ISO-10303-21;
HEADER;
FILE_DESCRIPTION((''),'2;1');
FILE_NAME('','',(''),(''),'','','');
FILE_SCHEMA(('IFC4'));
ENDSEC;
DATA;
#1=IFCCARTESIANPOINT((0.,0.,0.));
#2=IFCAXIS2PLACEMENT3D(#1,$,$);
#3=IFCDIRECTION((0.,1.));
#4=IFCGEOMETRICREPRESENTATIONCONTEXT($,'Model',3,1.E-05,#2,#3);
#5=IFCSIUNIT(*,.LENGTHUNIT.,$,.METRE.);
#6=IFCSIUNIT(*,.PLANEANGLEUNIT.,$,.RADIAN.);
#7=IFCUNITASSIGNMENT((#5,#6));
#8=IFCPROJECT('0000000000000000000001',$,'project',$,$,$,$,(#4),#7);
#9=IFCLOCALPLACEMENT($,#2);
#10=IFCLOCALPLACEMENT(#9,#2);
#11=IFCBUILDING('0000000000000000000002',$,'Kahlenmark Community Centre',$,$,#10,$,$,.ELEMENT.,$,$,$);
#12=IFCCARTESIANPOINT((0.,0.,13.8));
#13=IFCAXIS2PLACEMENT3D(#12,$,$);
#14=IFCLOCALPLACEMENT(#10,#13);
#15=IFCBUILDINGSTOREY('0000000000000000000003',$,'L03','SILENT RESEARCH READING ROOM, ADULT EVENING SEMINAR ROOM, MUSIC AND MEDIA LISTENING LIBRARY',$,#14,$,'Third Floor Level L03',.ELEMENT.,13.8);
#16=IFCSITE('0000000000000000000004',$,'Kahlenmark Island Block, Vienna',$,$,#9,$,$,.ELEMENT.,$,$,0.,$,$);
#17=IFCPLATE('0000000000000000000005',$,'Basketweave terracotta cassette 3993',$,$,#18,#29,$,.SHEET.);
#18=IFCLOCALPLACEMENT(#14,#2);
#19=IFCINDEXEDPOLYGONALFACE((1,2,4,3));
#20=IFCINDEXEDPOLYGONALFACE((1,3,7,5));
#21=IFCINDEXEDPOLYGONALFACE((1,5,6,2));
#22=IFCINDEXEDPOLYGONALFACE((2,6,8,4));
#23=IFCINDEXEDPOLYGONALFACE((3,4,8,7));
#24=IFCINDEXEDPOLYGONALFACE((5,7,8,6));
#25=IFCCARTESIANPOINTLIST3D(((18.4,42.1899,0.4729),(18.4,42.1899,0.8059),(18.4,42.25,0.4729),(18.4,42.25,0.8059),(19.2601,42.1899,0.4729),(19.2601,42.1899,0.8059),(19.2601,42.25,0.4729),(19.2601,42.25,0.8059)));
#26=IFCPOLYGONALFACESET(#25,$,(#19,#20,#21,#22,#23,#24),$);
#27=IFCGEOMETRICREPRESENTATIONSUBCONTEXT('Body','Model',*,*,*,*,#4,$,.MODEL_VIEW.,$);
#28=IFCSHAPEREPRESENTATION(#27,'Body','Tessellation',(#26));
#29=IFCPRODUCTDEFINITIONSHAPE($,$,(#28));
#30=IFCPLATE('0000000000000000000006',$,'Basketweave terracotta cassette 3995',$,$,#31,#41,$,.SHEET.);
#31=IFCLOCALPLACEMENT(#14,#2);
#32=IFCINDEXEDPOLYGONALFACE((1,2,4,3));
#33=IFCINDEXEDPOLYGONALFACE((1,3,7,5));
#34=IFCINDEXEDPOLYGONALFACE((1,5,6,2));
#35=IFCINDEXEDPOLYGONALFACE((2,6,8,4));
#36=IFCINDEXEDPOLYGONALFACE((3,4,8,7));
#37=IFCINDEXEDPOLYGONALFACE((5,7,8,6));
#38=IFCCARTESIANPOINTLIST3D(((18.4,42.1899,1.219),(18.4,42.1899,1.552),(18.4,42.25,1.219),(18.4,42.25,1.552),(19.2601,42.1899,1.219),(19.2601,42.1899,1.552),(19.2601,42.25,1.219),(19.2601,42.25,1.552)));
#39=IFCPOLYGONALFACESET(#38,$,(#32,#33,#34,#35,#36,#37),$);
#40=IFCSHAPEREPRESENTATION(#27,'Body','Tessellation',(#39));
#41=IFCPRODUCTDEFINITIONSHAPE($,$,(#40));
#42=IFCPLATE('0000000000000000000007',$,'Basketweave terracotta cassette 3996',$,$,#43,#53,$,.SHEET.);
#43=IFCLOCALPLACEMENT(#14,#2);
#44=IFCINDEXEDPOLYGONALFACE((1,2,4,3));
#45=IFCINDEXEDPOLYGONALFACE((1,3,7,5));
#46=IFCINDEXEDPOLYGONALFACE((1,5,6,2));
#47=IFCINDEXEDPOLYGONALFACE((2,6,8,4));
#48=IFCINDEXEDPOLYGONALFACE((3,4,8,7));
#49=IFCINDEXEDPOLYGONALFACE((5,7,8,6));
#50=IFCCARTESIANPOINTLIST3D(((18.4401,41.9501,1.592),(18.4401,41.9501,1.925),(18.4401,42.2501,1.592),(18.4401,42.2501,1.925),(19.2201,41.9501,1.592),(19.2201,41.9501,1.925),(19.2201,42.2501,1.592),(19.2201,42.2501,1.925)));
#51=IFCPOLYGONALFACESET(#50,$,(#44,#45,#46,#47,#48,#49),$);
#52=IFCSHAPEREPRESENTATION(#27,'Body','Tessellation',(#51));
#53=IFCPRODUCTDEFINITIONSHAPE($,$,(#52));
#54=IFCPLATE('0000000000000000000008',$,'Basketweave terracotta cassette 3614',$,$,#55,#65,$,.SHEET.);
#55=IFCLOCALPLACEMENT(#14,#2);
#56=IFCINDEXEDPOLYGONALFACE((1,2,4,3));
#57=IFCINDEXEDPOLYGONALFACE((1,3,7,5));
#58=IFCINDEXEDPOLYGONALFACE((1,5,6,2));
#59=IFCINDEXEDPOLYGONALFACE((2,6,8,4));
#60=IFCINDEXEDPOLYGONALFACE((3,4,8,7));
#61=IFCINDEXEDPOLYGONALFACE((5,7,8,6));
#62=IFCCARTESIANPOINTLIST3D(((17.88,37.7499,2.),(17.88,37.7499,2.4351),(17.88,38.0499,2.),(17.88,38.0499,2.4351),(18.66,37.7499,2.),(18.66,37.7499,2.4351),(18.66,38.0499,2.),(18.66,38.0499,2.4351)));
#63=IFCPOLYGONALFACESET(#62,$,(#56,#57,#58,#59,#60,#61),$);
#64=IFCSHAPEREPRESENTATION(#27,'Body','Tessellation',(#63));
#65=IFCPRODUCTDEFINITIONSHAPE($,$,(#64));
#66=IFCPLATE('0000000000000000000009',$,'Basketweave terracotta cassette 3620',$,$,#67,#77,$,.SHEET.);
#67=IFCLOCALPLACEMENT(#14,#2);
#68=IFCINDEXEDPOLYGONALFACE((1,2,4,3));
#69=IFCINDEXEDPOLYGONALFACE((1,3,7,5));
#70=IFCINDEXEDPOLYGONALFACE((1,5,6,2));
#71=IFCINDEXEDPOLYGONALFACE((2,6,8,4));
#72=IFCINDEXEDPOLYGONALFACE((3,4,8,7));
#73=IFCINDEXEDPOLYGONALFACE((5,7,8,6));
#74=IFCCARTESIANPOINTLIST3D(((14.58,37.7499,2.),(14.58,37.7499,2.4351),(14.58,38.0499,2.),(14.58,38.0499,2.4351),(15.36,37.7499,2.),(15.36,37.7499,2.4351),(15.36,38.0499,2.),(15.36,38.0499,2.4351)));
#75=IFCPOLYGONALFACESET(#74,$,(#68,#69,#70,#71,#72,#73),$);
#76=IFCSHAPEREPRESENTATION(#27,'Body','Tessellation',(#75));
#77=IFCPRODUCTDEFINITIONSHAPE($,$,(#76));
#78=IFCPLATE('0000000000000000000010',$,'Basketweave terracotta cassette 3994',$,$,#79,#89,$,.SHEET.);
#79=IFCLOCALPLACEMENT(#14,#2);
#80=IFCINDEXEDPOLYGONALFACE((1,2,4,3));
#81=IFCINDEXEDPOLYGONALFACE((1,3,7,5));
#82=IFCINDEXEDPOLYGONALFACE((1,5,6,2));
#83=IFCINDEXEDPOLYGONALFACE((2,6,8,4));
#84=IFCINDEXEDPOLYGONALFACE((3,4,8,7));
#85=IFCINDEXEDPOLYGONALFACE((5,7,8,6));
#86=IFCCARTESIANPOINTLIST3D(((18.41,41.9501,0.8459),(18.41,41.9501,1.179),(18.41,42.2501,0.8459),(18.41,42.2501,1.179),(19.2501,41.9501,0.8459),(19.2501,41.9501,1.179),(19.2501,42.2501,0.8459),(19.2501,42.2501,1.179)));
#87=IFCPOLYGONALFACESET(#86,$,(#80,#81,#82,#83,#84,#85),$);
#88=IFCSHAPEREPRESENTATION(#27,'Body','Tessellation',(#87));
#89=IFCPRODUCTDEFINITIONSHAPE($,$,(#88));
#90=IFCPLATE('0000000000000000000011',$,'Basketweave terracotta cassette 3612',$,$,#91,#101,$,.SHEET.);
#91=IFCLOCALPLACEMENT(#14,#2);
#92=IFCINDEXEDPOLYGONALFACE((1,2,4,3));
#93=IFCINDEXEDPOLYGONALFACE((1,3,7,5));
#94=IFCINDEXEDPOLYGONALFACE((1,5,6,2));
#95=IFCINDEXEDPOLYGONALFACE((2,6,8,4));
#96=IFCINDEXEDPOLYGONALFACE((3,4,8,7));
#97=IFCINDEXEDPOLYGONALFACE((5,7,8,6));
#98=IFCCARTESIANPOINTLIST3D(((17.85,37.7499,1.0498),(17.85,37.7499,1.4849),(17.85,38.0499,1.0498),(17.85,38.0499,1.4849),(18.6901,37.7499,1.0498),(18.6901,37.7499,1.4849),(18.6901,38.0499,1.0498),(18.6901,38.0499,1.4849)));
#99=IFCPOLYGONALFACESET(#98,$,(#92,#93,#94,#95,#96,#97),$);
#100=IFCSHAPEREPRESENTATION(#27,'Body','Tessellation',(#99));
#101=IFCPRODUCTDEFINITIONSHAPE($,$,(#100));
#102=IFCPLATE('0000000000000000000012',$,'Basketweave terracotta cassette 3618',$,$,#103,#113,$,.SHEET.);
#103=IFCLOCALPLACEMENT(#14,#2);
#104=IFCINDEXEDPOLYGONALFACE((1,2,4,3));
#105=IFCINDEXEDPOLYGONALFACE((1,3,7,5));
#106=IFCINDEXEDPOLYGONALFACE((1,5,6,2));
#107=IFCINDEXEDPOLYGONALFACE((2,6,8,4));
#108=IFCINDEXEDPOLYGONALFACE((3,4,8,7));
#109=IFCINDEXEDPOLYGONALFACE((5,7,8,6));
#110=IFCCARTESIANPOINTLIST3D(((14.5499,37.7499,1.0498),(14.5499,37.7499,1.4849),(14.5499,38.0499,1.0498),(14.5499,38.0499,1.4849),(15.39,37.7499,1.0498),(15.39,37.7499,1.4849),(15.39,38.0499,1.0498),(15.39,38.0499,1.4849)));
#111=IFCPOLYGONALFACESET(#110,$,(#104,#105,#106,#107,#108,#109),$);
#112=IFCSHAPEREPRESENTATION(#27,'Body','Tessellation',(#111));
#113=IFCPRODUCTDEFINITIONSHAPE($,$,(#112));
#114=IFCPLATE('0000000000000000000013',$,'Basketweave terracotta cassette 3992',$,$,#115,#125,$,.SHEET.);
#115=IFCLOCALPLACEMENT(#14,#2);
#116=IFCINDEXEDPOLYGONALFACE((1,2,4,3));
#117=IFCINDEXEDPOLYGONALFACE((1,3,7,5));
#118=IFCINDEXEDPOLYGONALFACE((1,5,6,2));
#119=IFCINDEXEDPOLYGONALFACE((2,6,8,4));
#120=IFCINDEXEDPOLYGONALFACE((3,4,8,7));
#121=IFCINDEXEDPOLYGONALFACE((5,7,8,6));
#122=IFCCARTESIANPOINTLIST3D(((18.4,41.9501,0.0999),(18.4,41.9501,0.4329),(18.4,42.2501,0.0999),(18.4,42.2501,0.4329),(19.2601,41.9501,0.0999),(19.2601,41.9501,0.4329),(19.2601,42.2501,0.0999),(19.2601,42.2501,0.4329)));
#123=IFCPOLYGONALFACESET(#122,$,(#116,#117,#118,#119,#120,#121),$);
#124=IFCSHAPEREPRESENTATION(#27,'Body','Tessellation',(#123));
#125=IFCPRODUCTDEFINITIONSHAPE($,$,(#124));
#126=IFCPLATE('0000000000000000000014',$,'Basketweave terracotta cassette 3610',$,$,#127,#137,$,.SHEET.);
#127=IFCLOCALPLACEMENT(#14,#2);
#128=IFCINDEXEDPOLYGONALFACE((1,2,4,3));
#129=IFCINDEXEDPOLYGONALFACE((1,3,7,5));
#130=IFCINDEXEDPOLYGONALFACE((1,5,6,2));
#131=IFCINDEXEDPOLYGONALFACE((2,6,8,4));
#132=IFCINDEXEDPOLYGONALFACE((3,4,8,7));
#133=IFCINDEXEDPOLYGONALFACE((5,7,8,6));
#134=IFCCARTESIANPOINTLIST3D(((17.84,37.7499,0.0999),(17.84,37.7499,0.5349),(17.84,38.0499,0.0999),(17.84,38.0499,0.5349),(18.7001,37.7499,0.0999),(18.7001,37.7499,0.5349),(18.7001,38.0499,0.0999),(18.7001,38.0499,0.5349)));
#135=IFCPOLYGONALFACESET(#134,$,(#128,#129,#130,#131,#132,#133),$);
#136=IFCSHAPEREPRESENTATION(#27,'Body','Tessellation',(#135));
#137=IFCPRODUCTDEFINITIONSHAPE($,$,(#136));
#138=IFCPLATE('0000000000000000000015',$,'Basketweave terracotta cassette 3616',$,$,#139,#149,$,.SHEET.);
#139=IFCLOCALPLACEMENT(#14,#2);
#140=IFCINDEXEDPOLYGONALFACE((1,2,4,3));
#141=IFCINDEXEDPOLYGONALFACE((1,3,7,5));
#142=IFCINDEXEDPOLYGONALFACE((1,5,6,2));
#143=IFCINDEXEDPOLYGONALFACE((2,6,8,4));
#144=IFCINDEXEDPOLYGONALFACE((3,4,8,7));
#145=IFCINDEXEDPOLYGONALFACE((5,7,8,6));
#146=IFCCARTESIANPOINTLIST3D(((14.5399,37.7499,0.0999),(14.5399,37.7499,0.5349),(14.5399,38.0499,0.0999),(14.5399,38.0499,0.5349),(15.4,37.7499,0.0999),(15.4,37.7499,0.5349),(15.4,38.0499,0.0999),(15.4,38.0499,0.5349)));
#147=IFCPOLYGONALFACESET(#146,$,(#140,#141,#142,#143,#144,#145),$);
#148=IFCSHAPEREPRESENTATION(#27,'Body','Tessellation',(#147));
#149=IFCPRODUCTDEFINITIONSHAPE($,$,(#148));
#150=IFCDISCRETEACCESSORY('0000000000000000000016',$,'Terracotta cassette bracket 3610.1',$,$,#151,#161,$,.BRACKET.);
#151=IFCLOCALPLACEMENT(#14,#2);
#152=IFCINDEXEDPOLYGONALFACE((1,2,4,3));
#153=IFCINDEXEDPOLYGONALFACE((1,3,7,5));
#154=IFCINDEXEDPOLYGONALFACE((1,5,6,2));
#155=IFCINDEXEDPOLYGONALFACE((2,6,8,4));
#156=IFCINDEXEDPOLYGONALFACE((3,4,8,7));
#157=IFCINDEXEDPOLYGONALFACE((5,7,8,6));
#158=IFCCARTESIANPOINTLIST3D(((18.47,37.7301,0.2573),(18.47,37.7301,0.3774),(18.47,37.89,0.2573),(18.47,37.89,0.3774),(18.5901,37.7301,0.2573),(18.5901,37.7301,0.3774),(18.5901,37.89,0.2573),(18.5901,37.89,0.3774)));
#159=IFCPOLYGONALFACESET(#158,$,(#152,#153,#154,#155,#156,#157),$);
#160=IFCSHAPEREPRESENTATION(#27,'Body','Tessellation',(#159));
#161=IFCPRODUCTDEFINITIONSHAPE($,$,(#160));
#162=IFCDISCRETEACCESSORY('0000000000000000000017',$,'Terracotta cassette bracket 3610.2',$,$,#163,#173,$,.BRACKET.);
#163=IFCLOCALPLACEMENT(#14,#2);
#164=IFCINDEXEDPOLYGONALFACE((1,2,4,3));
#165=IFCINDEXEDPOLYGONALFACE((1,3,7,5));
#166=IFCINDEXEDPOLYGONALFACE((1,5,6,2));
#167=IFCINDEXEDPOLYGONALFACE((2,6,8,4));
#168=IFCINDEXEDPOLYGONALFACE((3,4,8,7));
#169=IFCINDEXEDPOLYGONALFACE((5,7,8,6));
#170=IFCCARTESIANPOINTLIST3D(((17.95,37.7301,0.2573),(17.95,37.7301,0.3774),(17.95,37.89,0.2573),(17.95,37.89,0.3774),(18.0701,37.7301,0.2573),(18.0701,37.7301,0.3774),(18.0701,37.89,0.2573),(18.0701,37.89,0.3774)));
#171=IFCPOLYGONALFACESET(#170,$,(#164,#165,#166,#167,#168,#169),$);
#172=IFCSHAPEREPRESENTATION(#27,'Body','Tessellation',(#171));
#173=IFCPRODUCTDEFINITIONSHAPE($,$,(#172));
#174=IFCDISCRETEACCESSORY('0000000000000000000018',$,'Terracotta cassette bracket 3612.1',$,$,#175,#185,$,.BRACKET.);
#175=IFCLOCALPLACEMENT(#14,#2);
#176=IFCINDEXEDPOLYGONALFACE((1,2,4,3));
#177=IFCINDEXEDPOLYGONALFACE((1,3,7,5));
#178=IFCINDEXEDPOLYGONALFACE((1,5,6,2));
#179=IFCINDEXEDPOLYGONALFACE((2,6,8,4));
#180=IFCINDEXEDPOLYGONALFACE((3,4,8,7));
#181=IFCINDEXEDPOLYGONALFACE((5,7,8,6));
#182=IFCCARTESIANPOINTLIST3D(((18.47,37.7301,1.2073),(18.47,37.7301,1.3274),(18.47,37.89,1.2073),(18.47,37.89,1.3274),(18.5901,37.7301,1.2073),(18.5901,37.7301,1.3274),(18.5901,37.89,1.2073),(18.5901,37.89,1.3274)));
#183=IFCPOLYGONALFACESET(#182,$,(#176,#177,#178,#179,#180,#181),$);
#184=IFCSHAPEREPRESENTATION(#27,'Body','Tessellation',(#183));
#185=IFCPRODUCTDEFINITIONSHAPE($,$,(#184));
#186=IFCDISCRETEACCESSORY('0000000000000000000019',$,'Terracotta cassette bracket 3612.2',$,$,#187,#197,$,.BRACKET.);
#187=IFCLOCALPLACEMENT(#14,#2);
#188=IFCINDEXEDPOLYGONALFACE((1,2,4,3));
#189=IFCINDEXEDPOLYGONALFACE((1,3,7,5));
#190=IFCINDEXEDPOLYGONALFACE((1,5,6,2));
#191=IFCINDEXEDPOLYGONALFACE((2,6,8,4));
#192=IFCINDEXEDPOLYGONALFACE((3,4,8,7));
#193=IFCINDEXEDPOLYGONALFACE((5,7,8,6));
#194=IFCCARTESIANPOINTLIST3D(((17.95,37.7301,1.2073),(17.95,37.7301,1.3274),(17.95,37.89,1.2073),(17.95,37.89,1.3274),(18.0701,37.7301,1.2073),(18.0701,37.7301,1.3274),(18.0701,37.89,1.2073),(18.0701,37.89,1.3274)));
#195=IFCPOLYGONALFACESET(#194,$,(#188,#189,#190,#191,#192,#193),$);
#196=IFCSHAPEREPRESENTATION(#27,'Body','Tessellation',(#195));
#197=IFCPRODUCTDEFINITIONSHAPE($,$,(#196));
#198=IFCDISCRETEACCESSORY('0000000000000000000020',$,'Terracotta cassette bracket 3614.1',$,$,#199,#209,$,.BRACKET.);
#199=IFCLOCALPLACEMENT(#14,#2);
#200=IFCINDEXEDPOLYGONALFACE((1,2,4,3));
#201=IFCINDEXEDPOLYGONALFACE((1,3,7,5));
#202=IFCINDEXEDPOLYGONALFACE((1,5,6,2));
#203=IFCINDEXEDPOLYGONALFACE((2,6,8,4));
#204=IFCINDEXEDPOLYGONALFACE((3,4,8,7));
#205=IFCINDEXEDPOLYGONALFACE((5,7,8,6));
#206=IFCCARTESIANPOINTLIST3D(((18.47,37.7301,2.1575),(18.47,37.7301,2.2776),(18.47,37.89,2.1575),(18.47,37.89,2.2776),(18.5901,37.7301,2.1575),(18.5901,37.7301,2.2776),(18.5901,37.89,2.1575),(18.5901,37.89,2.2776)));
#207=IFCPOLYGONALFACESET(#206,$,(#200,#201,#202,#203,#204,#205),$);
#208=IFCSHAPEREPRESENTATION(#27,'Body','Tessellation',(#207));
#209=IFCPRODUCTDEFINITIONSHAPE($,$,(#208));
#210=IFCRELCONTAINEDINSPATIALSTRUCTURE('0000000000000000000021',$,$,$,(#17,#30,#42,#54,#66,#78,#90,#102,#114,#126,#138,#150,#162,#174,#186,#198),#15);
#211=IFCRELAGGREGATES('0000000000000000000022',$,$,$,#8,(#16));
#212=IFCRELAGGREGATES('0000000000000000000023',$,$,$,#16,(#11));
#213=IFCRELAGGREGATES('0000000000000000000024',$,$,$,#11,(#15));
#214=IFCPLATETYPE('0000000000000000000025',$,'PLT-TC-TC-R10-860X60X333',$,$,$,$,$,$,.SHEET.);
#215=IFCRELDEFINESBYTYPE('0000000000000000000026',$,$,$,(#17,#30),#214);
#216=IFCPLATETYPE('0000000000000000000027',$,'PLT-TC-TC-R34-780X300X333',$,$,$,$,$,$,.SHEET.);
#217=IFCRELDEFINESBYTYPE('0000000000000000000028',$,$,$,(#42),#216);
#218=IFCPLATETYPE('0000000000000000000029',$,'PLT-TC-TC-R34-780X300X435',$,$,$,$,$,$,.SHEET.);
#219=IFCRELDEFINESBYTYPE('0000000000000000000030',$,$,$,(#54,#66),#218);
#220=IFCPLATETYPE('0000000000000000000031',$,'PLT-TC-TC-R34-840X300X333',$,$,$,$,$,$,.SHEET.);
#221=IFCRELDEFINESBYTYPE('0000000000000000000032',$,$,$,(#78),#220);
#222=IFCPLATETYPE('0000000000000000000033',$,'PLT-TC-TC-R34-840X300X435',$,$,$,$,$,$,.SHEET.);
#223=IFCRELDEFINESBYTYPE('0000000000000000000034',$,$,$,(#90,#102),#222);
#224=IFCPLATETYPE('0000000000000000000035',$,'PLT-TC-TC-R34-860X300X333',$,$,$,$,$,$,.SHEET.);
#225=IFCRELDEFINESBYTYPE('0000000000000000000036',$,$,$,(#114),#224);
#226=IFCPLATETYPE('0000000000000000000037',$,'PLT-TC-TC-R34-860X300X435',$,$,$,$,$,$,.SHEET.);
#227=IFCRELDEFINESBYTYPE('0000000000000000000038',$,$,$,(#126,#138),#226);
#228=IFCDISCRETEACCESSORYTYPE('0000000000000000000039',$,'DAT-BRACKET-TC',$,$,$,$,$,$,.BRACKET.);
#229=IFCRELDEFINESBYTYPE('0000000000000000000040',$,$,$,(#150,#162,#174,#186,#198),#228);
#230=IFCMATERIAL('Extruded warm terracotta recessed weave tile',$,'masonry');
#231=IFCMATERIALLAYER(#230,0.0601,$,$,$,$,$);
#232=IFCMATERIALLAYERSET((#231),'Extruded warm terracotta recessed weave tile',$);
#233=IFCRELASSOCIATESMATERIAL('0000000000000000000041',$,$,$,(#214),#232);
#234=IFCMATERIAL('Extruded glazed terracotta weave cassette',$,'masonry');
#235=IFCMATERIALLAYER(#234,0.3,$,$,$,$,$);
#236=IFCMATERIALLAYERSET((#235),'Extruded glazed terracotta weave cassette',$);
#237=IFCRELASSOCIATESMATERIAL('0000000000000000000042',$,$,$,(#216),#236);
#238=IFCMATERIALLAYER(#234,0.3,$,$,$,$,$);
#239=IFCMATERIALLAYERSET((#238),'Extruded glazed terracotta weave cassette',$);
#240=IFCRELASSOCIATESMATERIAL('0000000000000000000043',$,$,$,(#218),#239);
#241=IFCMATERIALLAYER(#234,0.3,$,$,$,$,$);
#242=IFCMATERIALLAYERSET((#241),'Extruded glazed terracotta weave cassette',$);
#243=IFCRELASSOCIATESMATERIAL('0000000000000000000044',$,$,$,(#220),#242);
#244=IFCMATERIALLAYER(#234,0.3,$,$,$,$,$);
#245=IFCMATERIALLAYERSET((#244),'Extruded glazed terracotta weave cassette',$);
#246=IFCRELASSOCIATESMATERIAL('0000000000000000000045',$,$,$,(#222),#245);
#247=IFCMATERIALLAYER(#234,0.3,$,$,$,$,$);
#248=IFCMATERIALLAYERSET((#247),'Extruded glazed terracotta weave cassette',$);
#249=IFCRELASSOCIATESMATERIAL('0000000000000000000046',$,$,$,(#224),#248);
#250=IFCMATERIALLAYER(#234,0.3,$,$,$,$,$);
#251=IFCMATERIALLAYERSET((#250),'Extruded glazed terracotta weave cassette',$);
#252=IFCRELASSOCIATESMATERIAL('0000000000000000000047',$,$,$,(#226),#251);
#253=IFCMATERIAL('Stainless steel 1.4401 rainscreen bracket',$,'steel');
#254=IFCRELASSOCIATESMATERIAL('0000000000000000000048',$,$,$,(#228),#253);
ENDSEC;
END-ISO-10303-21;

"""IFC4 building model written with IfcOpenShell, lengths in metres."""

from ifc_helpers import new_model, si_unit, direction, frame, origin, origin_2d, place, context, subcontext, project, spatial, rectangle, extrude, material, layer, layer_set, type_object, element, save


model = new_model("IFC4")

# Units and contexts
model_context = context("Model", 3, precision=1e-05, world=origin(), true_north=direction((0.0, 1.0)))
body_context = subcontext(model_context, "Body", "Model", "MODEL_VIEW")
ifc_project = project(units=[si_unit("LENGTHUNIT", "METRE"), si_unit("PLANEANGLEUNIT", "RADIAN")], contexts=[model_context])

# Site, building, storey
site_placement = place(None, origin())
site = spatial("IfcSite", under=ifc_project, at=site_placement, Name="Kahlenmark Island Block, Vienna", CompositionType="ELEMENT", RefElevation=0.0)
building_placement = place(site_placement, origin())
building = spatial("IfcBuilding", under=site, at=building_placement, Name="Kahlenmark Community Centre", CompositionType="ELEMENT")
storey_placement = place(building_placement, frame((0.0, 0.0, 13.8)))
storey = spatial("IfcBuildingStorey", under=building, at=storey_placement, Name="L03", Description="SILENT RESEARCH READING ROOM, ADULT EVENING SEMINAR ROOM, MUSIC AND MEDIA LISTENING LIBRARY", LongName="Third Floor Level L03", CompositionType="ELEMENT", Elevation=13.8)

# Plates
ifc_material_1 = material(Name="Extruded warm terracotta recessed weave tile", Category="masonry")
ifc_layer_1 = layer(ifc_material_1, 0.0601)
ifc_layer_set_1 = layer_set([ifc_layer_1], Name="Extruded warm terracotta recessed weave tile")
plate_type_1 = type_object("IfcPlateType", Name="PLT-TC-TC-R10-860X60X333", PredefinedType="SHEET", material=ifc_layer_set_1)
for number, where, z_axis, x_axis, name in (
    (1, (18.8301, 42.22, 0.4729), (0.0, 0.0, 1.0), (1.0, 0.0, 0.0), "Basketweave terracotta cassette 3993"),
    (2, (18.8301, 42.22, 1.219), (0.0, 0.0, 1.0), (1.0, 0.0, 0.0), "Basketweave terracotta cassette 3995"),
):
    element("IfcPlate", number, at=place(storey_placement, frame(where, z_axis=z_axis, x_axis=x_axis)), inside=storey, type_object=plate_type_1, Name=name, PredefinedType="SHEET", context=body_context, shape_type="SweptSolid", body=[
        extrude(rectangle(XDim=0.8601, YDim=0.0601, at=origin_2d()), origin(), (0.0, 0.0, 1.0), 0.333),
    ])
ifc_material_2 = material(Name="Extruded glazed terracotta weave cassette", Category="masonry")
ifc_layer_2 = layer(ifc_material_2, 0.3)
ifc_layer_set_2 = layer_set([ifc_layer_2], Name="Extruded glazed terracotta weave cassette")
plate_type_2 = type_object("IfcPlateType", Name="PLT-TC-TC-R34-780X300X333", PredefinedType="SHEET", material=ifc_layer_set_2)
plate_1_placement = place(storey_placement, frame((18.8301, 42.1001, 1.592), z_axis=(0.0, 0.0, 1.0), x_axis=(1.0, 0.0, 0.0)))
element("IfcPlate", 3, at=plate_1_placement, inside=storey, type_object=plate_type_2, Name="Basketweave terracotta cassette 3996", PredefinedType="SHEET", context=body_context, shape_type="SweptSolid", body=[
    extrude(rectangle(XDim=0.78, YDim=0.3, at=origin_2d()), origin(), (0.0, 0.0, 1.0), 0.333),
])
ifc_layer_3 = layer(ifc_material_2, 0.3)
ifc_layer_set_3 = layer_set([ifc_layer_3], Name="Extruded glazed terracotta weave cassette")
plate_type_3 = type_object("IfcPlateType", Name="PLT-TC-TC-R34-780X300X435", PredefinedType="SHEET", material=ifc_layer_set_3)
for number, where, z_axis, x_axis, name in (
    (4, (18.27, 37.8999, 2.0), (0.0, 0.0, 1.0), (-1.0, 0.0, 0.0), "Basketweave terracotta cassette 3614"),
    (5, (14.97, 37.8999, 2.0), (0.0, 0.0, 1.0), (-1.0, 0.0, 0.0), "Basketweave terracotta cassette 3620"),
):
    element("IfcPlate", number, at=place(storey_placement, frame(where, z_axis=z_axis, x_axis=x_axis)), inside=storey, type_object=plate_type_3, Name=name, PredefinedType="SHEET", context=body_context, shape_type="SweptSolid", body=[
        extrude(rectangle(XDim=0.78, YDim=0.3, at=origin_2d()), origin(), (0.0, 0.0, 1.0), 0.4351),
    ])
ifc_layer_4 = layer(ifc_material_2, 0.3)
ifc_layer_set_4 = layer_set([ifc_layer_4], Name="Extruded glazed terracotta weave cassette")
plate_type_4 = type_object("IfcPlateType", Name="PLT-TC-TC-R34-840X300X333", PredefinedType="SHEET", material=ifc_layer_set_4)
plate_2_placement = place(storey_placement, frame((18.8301, 42.1001, 0.8459), z_axis=(0.0, 0.0, 1.0), x_axis=(1.0, 0.0, 0.0)))
element("IfcPlate", 6, at=plate_2_placement, inside=storey, type_object=plate_type_4, Name="Basketweave terracotta cassette 3994", PredefinedType="SHEET", context=body_context, shape_type="SweptSolid", body=[
    extrude(rectangle(XDim=0.8401, YDim=0.3, at=origin_2d()), origin(), (0.0, 0.0, 1.0), 0.333),
])
ifc_layer_5 = layer(ifc_material_2, 0.3)
ifc_layer_set_5 = layer_set([ifc_layer_5], Name="Extruded glazed terracotta weave cassette")
plate_type_5 = type_object("IfcPlateType", Name="PLT-TC-TC-R34-840X300X435", PredefinedType="SHEET", material=ifc_layer_set_5)
for number, where, z_axis, x_axis, name in (
    (7, (18.27, 37.8999, 1.0498), (0.0, 0.0, 1.0), (-1.0, 0.0, 0.0), "Basketweave terracotta cassette 3612"),
    (8, (14.97, 37.8999, 1.0498), (0.0, 0.0, 1.0), (-1.0, 0.0, 0.0), "Basketweave terracotta cassette 3618"),
):
    element("IfcPlate", number, at=place(storey_placement, frame(where, z_axis=z_axis, x_axis=x_axis)), inside=storey, type_object=plate_type_5, Name=name, PredefinedType="SHEET", context=body_context, shape_type="SweptSolid", body=[
        extrude(rectangle(XDim=0.8401, YDim=0.3, at=origin_2d()), origin(), (0.0, 0.0, 1.0), 0.4351),
    ])
ifc_layer_6 = layer(ifc_material_2, 0.3)
ifc_layer_set_6 = layer_set([ifc_layer_6], Name="Extruded glazed terracotta weave cassette")
plate_type_6 = type_object("IfcPlateType", Name="PLT-TC-TC-R34-860X300X333", PredefinedType="SHEET", material=ifc_layer_set_6)
plate_3_placement = place(storey_placement, frame((18.8301, 42.1001, 0.0999), z_axis=(0.0, 0.0, 1.0), x_axis=(1.0, 0.0, 0.0)))
element("IfcPlate", 9, at=plate_3_placement, inside=storey, type_object=plate_type_6, Name="Basketweave terracotta cassette 3992", PredefinedType="SHEET", context=body_context, shape_type="SweptSolid", body=[
    extrude(rectangle(XDim=0.8601, YDim=0.3, at=origin_2d()), origin(), (0.0, 0.0, 1.0), 0.333),
])
ifc_layer_7 = layer(ifc_material_2, 0.3)
ifc_layer_set_7 = layer_set([ifc_layer_7], Name="Extruded glazed terracotta weave cassette")
plate_type_7 = type_object("IfcPlateType", Name="PLT-TC-TC-R34-860X300X435", PredefinedType="SHEET", material=ifc_layer_set_7)
for number, where, z_axis, x_axis, name in (
    (10, (18.27, 37.8999, 0.0999), (0.0, 0.0, 1.0), (-1.0, 0.0, 0.0), "Basketweave terracotta cassette 3610"),
    (11, (14.97, 37.8999, 0.0999), (0.0, 0.0, 1.0), (-1.0, 0.0, 0.0), "Basketweave terracotta cassette 3616"),
):
    element("IfcPlate", number, at=place(storey_placement, frame(where, z_axis=z_axis, x_axis=x_axis)), inside=storey, type_object=plate_type_7, Name=name, PredefinedType="SHEET", context=body_context, shape_type="SweptSolid", body=[
        extrude(rectangle(XDim=0.8601, YDim=0.3, at=origin_2d()), origin(), (0.0, 0.0, 1.0), 0.4351),
    ])

# Discrete accessories
ifc_material_3 = material(Name="Stainless steel 1.4401 rainscreen bracket", Category="steel")
discrete_accessory_type = type_object("IfcDiscreteAccessoryType", Name="DAT-BRACKET-TC", PredefinedType="BRACKET", material=ifc_material_3)
for number, where, z_axis, x_axis, name in (
    (12, (18.53, 37.8101, 0.2573), (0.0, 0.0, 1.0), (-1.0, 0.0, 0.0), "Terracotta cassette bracket 3610.1"),
    (13, (18.01, 37.8101, 0.2573), (0.0, 0.0, 1.0), (-1.0, 0.0, 0.0), "Terracotta cassette bracket 3610.2"),
    (14, (18.53, 37.8101, 1.2073), (0.0, 0.0, 1.0), (-1.0, 0.0, 0.0), "Terracotta cassette bracket 3612.1"),
    (15, (18.01, 37.8101, 1.2073), (0.0, 0.0, 1.0), (-1.0, 0.0, 0.0), "Terracotta cassette bracket 3612.2"),
    (16, (18.53, 37.8101, 2.1575), (0.0, 0.0, 1.0), (-1.0, 0.0, 0.0), "Terracotta cassette bracket 3614.1"),
):
    element("IfcDiscreteAccessory", number, at=place(storey_placement, frame(where, z_axis=z_axis, x_axis=x_axis)), inside=storey, type_object=discrete_accessory_type, Name=name, PredefinedType="BRACKET", context=body_context, shape_type="SweptSolid", body=[
        extrude(rectangle(XDim=0.1201, YDim=0.1599, at=origin_2d()), origin(), (0.0, 0.0, 1.0), 0.1201),
    ])

save(model, "model.ifc")
